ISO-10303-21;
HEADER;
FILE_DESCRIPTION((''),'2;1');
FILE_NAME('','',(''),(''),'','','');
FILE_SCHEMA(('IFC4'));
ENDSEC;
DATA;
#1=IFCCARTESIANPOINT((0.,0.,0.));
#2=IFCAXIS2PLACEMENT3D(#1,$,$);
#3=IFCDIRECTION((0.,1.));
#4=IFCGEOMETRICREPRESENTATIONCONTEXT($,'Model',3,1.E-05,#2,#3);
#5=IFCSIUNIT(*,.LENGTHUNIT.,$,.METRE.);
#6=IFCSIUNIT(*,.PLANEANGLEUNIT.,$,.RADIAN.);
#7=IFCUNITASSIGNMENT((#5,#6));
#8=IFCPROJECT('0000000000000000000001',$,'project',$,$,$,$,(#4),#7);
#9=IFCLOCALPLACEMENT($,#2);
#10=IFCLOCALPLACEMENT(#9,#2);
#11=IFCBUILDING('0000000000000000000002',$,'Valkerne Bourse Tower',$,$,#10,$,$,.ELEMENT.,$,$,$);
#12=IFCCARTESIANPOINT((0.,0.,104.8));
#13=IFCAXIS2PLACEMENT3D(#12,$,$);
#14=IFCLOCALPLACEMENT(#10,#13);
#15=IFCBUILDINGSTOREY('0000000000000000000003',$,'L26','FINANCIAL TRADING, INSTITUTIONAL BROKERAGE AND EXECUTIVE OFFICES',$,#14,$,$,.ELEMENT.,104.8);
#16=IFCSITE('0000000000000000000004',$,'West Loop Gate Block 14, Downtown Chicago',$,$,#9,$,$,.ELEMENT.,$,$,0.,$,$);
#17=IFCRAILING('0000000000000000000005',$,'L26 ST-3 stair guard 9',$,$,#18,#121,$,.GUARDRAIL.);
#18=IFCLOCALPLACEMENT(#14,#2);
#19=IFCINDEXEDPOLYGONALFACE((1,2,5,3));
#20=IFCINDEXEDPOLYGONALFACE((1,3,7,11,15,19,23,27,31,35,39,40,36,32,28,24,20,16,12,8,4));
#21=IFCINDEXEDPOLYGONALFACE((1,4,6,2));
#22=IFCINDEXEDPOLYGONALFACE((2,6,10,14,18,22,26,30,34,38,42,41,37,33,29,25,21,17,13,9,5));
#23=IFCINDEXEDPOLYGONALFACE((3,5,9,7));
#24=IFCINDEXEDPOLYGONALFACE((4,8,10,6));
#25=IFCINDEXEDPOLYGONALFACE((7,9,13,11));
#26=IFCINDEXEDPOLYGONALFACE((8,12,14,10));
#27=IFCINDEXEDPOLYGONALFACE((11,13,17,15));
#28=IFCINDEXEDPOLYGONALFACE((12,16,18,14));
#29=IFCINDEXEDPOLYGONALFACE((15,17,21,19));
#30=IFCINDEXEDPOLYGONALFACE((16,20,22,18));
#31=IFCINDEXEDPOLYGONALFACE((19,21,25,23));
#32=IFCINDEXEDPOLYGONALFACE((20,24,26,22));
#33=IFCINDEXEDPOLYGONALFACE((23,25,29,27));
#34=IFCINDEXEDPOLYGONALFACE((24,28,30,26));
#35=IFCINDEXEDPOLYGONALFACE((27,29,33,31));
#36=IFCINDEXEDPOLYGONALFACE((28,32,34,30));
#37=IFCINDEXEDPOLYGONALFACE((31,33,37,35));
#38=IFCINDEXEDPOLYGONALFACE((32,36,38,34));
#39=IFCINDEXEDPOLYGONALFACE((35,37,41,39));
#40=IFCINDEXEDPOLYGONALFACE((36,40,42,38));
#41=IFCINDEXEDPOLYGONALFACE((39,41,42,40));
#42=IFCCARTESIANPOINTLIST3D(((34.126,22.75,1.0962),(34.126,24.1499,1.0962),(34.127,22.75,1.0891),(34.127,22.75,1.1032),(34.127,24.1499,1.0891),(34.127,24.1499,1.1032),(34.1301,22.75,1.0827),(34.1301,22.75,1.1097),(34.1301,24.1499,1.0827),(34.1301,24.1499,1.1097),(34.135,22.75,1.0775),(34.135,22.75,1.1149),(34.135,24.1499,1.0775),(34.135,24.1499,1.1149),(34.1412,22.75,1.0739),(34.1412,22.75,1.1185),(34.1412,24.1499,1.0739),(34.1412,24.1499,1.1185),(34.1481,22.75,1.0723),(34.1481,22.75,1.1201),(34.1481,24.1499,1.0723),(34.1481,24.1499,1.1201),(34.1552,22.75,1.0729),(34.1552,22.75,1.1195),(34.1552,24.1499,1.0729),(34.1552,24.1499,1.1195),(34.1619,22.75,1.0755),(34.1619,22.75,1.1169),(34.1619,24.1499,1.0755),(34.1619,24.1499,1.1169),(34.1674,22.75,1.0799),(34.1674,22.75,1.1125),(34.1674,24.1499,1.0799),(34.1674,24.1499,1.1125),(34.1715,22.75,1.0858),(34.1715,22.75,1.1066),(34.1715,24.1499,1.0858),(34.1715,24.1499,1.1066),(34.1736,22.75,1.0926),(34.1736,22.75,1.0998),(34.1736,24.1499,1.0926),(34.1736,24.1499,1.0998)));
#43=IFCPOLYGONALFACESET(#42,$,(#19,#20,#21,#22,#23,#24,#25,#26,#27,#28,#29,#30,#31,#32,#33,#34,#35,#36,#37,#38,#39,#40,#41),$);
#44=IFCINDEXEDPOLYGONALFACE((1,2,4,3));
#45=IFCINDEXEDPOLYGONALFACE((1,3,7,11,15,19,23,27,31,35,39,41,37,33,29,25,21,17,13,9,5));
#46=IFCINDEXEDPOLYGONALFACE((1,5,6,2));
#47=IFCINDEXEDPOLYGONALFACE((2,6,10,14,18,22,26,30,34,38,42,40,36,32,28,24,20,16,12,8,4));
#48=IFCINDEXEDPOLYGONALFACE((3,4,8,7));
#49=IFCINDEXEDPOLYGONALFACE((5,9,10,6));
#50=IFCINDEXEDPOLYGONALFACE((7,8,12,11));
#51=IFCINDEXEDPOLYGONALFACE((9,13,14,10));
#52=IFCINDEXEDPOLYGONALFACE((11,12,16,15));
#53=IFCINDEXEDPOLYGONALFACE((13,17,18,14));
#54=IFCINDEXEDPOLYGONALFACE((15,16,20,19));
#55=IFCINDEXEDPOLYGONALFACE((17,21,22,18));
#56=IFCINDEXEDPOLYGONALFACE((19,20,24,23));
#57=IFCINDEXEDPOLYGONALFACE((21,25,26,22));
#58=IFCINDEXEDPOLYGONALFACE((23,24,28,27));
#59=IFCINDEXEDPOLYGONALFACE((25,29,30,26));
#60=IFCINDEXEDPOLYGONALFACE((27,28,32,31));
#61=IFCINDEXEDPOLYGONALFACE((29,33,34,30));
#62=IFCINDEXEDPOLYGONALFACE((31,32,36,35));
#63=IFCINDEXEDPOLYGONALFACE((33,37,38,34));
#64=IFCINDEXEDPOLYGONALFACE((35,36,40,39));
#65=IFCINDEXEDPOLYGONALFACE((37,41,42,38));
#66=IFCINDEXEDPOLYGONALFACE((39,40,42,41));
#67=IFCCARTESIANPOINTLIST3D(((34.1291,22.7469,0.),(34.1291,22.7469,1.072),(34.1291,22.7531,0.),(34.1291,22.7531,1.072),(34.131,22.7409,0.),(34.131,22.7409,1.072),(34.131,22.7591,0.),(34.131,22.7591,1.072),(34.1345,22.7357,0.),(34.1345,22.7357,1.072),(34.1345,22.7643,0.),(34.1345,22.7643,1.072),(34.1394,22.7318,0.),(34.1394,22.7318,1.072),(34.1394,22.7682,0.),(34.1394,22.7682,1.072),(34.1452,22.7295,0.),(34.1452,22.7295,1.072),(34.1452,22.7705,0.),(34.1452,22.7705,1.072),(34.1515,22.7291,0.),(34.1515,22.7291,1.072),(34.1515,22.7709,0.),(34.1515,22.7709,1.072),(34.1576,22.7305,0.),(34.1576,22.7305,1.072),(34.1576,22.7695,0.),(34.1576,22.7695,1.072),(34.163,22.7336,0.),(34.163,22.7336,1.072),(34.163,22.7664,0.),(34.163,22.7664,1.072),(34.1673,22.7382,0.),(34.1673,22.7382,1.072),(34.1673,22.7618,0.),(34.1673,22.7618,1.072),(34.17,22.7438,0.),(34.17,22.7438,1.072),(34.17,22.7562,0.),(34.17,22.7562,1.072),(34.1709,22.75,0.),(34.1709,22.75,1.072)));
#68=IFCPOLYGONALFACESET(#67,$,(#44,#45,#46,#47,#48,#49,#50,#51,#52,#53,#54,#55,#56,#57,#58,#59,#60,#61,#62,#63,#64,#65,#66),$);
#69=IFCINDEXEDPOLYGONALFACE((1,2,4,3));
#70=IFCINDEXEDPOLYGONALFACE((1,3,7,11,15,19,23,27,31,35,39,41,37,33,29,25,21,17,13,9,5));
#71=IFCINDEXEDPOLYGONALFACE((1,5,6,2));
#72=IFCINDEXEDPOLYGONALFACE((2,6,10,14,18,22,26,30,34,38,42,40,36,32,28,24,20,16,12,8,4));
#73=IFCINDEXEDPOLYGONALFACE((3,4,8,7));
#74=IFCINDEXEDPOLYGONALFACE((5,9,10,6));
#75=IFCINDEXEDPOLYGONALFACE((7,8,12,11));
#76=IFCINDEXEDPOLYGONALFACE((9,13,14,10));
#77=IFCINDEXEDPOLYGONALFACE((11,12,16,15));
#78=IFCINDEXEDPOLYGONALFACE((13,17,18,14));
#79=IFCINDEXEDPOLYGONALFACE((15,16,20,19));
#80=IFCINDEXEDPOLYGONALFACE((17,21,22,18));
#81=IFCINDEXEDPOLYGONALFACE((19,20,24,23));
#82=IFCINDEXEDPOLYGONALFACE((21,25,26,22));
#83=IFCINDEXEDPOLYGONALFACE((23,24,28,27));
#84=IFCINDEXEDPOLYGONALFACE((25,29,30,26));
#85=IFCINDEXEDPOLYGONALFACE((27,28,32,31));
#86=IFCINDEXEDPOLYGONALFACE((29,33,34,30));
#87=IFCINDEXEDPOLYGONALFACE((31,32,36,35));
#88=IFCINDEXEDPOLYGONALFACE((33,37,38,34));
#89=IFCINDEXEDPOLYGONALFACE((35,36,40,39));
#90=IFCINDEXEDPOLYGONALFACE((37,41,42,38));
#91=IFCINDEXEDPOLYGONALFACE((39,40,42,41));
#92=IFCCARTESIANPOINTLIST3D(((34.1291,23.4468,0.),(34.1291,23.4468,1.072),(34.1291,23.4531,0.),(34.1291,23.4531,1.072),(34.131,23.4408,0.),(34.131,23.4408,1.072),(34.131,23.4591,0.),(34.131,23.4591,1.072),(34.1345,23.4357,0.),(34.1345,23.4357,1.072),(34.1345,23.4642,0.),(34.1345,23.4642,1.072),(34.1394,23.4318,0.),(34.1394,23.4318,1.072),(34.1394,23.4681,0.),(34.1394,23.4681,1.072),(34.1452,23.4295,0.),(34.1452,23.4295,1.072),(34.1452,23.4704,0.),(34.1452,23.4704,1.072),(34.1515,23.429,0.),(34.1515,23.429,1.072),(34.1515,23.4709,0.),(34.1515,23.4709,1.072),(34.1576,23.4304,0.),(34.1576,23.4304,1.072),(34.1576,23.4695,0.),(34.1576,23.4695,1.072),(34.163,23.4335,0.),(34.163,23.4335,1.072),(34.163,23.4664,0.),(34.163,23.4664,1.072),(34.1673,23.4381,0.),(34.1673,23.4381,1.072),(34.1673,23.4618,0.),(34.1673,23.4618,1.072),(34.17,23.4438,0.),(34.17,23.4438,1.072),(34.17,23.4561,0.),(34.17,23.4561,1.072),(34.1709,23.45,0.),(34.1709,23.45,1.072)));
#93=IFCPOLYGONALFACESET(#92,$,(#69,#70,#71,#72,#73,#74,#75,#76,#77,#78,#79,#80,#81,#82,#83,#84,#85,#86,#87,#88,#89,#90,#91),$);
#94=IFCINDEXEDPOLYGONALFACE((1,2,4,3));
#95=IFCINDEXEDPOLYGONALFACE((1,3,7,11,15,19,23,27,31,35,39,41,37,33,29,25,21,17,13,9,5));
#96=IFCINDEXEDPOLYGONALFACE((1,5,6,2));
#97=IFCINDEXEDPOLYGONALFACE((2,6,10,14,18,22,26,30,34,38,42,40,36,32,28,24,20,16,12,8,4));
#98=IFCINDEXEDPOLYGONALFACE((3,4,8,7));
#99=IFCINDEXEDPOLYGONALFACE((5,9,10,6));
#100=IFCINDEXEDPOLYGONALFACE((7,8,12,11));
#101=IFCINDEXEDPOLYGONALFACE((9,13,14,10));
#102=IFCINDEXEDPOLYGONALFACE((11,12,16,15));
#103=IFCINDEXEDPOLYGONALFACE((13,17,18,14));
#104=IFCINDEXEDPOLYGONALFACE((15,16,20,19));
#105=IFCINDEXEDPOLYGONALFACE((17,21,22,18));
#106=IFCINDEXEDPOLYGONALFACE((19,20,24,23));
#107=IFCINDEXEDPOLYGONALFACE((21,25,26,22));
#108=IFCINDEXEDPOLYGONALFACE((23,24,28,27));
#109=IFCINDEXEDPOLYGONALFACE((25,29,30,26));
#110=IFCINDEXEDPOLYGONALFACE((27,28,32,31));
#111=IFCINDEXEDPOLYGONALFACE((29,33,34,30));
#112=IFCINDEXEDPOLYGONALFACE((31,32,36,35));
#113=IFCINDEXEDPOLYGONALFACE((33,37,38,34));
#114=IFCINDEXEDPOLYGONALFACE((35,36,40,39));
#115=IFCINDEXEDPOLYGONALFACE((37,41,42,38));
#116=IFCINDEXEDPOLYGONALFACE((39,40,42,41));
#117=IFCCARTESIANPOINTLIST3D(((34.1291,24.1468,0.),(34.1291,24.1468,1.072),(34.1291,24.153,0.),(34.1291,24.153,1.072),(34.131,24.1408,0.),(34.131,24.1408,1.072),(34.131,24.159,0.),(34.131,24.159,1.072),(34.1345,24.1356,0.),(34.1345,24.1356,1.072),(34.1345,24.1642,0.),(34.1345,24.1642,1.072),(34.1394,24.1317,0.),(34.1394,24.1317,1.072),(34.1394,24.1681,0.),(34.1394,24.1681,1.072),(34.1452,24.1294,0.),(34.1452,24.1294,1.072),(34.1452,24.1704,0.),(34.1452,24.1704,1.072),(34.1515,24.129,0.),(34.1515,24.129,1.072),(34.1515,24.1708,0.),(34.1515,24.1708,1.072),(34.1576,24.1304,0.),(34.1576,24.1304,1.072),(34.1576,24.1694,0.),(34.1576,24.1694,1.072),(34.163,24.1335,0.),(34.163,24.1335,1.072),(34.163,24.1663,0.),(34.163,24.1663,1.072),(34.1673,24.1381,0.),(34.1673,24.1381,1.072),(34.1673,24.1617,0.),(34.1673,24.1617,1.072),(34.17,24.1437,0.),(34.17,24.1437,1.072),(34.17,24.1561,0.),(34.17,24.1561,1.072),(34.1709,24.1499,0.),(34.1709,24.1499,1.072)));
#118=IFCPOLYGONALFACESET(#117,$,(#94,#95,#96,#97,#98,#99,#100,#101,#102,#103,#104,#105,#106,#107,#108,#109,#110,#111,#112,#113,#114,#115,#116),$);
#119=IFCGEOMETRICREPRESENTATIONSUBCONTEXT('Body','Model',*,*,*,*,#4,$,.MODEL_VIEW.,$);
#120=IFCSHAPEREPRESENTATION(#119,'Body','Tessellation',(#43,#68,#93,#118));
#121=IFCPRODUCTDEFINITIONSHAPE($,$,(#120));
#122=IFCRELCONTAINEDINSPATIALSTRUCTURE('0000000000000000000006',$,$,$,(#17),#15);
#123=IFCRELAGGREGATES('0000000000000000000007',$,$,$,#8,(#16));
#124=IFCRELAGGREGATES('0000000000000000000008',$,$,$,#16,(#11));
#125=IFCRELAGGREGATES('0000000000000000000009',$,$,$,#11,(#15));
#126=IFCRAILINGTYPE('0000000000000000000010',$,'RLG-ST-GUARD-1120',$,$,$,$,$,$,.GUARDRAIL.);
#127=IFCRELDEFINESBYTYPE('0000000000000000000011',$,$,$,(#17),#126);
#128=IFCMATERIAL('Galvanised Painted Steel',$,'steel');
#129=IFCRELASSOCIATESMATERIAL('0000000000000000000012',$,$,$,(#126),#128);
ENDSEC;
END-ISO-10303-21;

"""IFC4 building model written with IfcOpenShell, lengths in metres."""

from ifc_helpers import new_model, si_unit, direction, frame, origin, origin_2d, place, context, subcontext, project, spatial, circle, extrude, material, type_object, element, save


model = new_model("IFC4")

# Units and contexts
model_context = context("Model", 3, precision=1e-05, world=origin(), true_north=direction((0.0, 1.0)))
body_context = subcontext(model_context, "Body", "Model", "MODEL_VIEW")
ifc_project = project(units=[si_unit("LENGTHUNIT", "METRE"), si_unit("PLANEANGLEUNIT", "RADIAN")], contexts=[model_context])

# Site, building, storey
site_placement = place(None, origin())
site = spatial("IfcSite", under=ifc_project, at=site_placement, Name="West Loop Gate Block 14, Downtown Chicago", CompositionType="ELEMENT", RefElevation=0.0)
building_placement = place(site_placement, origin())
building = spatial("IfcBuilding", under=site, at=building_placement, Name="Valkerne Bourse Tower", CompositionType="ELEMENT")
storey_placement = place(building_placement, frame((0.0, 0.0, 104.8)))
storey = spatial("IfcBuildingStorey", under=building, at=storey_placement, Name="L26", Description="FINANCIAL TRADING, INSTITUTIONAL BROKERAGE AND EXECUTIVE OFFICES", CompositionType="ELEMENT", Elevation=104.8)

# Shared definitions
ifc_material_1 = material(Name="Galvanised Painted Steel", Category="steel")

# Railing
railing_type_1 = type_object("IfcRailingType", Name="RLG-ST-GUARD-1120", PredefinedType="GUARDRAIL", material=ifc_material_1)
for number, where, name in (
    (1, (34.1499, 22.75, 0.0), "L26 ST-3 stair guard 9"),
):
    element("IfcRailing", number, at=place(storey_placement, frame(where)), inside=storey, type_object=railing_type_1, Name=name, PredefinedType="GUARDRAIL", context=body_context, shape_type="SweptSolid", body=[
        extrude(circle(Radius=0.0239, at=origin_2d()), frame((0.0, 0.0, 1.0962), z_axis=(0.0, 1.0, 0.0), x_axis=(-1.0, 0.0, 0.0)), (0.0, 0.0, 1.0), 1.3999),
        extrude(circle(Radius=0.021, at=origin_2d()), origin(), (0.0, 0.0, 1.0), 1.072),
        extrude(circle(Radius=0.021, at=origin_2d()), frame((0.0, 0.7, 0.0)), (0.0, 0.0, 1.0), 1.072),
        extrude(circle(Radius=0.021, at=origin_2d()), frame((0.0, 1.3999, 0.0)), (0.0, 0.0, 1.0), 1.072),
    ])

save(model, "model.ifc")
